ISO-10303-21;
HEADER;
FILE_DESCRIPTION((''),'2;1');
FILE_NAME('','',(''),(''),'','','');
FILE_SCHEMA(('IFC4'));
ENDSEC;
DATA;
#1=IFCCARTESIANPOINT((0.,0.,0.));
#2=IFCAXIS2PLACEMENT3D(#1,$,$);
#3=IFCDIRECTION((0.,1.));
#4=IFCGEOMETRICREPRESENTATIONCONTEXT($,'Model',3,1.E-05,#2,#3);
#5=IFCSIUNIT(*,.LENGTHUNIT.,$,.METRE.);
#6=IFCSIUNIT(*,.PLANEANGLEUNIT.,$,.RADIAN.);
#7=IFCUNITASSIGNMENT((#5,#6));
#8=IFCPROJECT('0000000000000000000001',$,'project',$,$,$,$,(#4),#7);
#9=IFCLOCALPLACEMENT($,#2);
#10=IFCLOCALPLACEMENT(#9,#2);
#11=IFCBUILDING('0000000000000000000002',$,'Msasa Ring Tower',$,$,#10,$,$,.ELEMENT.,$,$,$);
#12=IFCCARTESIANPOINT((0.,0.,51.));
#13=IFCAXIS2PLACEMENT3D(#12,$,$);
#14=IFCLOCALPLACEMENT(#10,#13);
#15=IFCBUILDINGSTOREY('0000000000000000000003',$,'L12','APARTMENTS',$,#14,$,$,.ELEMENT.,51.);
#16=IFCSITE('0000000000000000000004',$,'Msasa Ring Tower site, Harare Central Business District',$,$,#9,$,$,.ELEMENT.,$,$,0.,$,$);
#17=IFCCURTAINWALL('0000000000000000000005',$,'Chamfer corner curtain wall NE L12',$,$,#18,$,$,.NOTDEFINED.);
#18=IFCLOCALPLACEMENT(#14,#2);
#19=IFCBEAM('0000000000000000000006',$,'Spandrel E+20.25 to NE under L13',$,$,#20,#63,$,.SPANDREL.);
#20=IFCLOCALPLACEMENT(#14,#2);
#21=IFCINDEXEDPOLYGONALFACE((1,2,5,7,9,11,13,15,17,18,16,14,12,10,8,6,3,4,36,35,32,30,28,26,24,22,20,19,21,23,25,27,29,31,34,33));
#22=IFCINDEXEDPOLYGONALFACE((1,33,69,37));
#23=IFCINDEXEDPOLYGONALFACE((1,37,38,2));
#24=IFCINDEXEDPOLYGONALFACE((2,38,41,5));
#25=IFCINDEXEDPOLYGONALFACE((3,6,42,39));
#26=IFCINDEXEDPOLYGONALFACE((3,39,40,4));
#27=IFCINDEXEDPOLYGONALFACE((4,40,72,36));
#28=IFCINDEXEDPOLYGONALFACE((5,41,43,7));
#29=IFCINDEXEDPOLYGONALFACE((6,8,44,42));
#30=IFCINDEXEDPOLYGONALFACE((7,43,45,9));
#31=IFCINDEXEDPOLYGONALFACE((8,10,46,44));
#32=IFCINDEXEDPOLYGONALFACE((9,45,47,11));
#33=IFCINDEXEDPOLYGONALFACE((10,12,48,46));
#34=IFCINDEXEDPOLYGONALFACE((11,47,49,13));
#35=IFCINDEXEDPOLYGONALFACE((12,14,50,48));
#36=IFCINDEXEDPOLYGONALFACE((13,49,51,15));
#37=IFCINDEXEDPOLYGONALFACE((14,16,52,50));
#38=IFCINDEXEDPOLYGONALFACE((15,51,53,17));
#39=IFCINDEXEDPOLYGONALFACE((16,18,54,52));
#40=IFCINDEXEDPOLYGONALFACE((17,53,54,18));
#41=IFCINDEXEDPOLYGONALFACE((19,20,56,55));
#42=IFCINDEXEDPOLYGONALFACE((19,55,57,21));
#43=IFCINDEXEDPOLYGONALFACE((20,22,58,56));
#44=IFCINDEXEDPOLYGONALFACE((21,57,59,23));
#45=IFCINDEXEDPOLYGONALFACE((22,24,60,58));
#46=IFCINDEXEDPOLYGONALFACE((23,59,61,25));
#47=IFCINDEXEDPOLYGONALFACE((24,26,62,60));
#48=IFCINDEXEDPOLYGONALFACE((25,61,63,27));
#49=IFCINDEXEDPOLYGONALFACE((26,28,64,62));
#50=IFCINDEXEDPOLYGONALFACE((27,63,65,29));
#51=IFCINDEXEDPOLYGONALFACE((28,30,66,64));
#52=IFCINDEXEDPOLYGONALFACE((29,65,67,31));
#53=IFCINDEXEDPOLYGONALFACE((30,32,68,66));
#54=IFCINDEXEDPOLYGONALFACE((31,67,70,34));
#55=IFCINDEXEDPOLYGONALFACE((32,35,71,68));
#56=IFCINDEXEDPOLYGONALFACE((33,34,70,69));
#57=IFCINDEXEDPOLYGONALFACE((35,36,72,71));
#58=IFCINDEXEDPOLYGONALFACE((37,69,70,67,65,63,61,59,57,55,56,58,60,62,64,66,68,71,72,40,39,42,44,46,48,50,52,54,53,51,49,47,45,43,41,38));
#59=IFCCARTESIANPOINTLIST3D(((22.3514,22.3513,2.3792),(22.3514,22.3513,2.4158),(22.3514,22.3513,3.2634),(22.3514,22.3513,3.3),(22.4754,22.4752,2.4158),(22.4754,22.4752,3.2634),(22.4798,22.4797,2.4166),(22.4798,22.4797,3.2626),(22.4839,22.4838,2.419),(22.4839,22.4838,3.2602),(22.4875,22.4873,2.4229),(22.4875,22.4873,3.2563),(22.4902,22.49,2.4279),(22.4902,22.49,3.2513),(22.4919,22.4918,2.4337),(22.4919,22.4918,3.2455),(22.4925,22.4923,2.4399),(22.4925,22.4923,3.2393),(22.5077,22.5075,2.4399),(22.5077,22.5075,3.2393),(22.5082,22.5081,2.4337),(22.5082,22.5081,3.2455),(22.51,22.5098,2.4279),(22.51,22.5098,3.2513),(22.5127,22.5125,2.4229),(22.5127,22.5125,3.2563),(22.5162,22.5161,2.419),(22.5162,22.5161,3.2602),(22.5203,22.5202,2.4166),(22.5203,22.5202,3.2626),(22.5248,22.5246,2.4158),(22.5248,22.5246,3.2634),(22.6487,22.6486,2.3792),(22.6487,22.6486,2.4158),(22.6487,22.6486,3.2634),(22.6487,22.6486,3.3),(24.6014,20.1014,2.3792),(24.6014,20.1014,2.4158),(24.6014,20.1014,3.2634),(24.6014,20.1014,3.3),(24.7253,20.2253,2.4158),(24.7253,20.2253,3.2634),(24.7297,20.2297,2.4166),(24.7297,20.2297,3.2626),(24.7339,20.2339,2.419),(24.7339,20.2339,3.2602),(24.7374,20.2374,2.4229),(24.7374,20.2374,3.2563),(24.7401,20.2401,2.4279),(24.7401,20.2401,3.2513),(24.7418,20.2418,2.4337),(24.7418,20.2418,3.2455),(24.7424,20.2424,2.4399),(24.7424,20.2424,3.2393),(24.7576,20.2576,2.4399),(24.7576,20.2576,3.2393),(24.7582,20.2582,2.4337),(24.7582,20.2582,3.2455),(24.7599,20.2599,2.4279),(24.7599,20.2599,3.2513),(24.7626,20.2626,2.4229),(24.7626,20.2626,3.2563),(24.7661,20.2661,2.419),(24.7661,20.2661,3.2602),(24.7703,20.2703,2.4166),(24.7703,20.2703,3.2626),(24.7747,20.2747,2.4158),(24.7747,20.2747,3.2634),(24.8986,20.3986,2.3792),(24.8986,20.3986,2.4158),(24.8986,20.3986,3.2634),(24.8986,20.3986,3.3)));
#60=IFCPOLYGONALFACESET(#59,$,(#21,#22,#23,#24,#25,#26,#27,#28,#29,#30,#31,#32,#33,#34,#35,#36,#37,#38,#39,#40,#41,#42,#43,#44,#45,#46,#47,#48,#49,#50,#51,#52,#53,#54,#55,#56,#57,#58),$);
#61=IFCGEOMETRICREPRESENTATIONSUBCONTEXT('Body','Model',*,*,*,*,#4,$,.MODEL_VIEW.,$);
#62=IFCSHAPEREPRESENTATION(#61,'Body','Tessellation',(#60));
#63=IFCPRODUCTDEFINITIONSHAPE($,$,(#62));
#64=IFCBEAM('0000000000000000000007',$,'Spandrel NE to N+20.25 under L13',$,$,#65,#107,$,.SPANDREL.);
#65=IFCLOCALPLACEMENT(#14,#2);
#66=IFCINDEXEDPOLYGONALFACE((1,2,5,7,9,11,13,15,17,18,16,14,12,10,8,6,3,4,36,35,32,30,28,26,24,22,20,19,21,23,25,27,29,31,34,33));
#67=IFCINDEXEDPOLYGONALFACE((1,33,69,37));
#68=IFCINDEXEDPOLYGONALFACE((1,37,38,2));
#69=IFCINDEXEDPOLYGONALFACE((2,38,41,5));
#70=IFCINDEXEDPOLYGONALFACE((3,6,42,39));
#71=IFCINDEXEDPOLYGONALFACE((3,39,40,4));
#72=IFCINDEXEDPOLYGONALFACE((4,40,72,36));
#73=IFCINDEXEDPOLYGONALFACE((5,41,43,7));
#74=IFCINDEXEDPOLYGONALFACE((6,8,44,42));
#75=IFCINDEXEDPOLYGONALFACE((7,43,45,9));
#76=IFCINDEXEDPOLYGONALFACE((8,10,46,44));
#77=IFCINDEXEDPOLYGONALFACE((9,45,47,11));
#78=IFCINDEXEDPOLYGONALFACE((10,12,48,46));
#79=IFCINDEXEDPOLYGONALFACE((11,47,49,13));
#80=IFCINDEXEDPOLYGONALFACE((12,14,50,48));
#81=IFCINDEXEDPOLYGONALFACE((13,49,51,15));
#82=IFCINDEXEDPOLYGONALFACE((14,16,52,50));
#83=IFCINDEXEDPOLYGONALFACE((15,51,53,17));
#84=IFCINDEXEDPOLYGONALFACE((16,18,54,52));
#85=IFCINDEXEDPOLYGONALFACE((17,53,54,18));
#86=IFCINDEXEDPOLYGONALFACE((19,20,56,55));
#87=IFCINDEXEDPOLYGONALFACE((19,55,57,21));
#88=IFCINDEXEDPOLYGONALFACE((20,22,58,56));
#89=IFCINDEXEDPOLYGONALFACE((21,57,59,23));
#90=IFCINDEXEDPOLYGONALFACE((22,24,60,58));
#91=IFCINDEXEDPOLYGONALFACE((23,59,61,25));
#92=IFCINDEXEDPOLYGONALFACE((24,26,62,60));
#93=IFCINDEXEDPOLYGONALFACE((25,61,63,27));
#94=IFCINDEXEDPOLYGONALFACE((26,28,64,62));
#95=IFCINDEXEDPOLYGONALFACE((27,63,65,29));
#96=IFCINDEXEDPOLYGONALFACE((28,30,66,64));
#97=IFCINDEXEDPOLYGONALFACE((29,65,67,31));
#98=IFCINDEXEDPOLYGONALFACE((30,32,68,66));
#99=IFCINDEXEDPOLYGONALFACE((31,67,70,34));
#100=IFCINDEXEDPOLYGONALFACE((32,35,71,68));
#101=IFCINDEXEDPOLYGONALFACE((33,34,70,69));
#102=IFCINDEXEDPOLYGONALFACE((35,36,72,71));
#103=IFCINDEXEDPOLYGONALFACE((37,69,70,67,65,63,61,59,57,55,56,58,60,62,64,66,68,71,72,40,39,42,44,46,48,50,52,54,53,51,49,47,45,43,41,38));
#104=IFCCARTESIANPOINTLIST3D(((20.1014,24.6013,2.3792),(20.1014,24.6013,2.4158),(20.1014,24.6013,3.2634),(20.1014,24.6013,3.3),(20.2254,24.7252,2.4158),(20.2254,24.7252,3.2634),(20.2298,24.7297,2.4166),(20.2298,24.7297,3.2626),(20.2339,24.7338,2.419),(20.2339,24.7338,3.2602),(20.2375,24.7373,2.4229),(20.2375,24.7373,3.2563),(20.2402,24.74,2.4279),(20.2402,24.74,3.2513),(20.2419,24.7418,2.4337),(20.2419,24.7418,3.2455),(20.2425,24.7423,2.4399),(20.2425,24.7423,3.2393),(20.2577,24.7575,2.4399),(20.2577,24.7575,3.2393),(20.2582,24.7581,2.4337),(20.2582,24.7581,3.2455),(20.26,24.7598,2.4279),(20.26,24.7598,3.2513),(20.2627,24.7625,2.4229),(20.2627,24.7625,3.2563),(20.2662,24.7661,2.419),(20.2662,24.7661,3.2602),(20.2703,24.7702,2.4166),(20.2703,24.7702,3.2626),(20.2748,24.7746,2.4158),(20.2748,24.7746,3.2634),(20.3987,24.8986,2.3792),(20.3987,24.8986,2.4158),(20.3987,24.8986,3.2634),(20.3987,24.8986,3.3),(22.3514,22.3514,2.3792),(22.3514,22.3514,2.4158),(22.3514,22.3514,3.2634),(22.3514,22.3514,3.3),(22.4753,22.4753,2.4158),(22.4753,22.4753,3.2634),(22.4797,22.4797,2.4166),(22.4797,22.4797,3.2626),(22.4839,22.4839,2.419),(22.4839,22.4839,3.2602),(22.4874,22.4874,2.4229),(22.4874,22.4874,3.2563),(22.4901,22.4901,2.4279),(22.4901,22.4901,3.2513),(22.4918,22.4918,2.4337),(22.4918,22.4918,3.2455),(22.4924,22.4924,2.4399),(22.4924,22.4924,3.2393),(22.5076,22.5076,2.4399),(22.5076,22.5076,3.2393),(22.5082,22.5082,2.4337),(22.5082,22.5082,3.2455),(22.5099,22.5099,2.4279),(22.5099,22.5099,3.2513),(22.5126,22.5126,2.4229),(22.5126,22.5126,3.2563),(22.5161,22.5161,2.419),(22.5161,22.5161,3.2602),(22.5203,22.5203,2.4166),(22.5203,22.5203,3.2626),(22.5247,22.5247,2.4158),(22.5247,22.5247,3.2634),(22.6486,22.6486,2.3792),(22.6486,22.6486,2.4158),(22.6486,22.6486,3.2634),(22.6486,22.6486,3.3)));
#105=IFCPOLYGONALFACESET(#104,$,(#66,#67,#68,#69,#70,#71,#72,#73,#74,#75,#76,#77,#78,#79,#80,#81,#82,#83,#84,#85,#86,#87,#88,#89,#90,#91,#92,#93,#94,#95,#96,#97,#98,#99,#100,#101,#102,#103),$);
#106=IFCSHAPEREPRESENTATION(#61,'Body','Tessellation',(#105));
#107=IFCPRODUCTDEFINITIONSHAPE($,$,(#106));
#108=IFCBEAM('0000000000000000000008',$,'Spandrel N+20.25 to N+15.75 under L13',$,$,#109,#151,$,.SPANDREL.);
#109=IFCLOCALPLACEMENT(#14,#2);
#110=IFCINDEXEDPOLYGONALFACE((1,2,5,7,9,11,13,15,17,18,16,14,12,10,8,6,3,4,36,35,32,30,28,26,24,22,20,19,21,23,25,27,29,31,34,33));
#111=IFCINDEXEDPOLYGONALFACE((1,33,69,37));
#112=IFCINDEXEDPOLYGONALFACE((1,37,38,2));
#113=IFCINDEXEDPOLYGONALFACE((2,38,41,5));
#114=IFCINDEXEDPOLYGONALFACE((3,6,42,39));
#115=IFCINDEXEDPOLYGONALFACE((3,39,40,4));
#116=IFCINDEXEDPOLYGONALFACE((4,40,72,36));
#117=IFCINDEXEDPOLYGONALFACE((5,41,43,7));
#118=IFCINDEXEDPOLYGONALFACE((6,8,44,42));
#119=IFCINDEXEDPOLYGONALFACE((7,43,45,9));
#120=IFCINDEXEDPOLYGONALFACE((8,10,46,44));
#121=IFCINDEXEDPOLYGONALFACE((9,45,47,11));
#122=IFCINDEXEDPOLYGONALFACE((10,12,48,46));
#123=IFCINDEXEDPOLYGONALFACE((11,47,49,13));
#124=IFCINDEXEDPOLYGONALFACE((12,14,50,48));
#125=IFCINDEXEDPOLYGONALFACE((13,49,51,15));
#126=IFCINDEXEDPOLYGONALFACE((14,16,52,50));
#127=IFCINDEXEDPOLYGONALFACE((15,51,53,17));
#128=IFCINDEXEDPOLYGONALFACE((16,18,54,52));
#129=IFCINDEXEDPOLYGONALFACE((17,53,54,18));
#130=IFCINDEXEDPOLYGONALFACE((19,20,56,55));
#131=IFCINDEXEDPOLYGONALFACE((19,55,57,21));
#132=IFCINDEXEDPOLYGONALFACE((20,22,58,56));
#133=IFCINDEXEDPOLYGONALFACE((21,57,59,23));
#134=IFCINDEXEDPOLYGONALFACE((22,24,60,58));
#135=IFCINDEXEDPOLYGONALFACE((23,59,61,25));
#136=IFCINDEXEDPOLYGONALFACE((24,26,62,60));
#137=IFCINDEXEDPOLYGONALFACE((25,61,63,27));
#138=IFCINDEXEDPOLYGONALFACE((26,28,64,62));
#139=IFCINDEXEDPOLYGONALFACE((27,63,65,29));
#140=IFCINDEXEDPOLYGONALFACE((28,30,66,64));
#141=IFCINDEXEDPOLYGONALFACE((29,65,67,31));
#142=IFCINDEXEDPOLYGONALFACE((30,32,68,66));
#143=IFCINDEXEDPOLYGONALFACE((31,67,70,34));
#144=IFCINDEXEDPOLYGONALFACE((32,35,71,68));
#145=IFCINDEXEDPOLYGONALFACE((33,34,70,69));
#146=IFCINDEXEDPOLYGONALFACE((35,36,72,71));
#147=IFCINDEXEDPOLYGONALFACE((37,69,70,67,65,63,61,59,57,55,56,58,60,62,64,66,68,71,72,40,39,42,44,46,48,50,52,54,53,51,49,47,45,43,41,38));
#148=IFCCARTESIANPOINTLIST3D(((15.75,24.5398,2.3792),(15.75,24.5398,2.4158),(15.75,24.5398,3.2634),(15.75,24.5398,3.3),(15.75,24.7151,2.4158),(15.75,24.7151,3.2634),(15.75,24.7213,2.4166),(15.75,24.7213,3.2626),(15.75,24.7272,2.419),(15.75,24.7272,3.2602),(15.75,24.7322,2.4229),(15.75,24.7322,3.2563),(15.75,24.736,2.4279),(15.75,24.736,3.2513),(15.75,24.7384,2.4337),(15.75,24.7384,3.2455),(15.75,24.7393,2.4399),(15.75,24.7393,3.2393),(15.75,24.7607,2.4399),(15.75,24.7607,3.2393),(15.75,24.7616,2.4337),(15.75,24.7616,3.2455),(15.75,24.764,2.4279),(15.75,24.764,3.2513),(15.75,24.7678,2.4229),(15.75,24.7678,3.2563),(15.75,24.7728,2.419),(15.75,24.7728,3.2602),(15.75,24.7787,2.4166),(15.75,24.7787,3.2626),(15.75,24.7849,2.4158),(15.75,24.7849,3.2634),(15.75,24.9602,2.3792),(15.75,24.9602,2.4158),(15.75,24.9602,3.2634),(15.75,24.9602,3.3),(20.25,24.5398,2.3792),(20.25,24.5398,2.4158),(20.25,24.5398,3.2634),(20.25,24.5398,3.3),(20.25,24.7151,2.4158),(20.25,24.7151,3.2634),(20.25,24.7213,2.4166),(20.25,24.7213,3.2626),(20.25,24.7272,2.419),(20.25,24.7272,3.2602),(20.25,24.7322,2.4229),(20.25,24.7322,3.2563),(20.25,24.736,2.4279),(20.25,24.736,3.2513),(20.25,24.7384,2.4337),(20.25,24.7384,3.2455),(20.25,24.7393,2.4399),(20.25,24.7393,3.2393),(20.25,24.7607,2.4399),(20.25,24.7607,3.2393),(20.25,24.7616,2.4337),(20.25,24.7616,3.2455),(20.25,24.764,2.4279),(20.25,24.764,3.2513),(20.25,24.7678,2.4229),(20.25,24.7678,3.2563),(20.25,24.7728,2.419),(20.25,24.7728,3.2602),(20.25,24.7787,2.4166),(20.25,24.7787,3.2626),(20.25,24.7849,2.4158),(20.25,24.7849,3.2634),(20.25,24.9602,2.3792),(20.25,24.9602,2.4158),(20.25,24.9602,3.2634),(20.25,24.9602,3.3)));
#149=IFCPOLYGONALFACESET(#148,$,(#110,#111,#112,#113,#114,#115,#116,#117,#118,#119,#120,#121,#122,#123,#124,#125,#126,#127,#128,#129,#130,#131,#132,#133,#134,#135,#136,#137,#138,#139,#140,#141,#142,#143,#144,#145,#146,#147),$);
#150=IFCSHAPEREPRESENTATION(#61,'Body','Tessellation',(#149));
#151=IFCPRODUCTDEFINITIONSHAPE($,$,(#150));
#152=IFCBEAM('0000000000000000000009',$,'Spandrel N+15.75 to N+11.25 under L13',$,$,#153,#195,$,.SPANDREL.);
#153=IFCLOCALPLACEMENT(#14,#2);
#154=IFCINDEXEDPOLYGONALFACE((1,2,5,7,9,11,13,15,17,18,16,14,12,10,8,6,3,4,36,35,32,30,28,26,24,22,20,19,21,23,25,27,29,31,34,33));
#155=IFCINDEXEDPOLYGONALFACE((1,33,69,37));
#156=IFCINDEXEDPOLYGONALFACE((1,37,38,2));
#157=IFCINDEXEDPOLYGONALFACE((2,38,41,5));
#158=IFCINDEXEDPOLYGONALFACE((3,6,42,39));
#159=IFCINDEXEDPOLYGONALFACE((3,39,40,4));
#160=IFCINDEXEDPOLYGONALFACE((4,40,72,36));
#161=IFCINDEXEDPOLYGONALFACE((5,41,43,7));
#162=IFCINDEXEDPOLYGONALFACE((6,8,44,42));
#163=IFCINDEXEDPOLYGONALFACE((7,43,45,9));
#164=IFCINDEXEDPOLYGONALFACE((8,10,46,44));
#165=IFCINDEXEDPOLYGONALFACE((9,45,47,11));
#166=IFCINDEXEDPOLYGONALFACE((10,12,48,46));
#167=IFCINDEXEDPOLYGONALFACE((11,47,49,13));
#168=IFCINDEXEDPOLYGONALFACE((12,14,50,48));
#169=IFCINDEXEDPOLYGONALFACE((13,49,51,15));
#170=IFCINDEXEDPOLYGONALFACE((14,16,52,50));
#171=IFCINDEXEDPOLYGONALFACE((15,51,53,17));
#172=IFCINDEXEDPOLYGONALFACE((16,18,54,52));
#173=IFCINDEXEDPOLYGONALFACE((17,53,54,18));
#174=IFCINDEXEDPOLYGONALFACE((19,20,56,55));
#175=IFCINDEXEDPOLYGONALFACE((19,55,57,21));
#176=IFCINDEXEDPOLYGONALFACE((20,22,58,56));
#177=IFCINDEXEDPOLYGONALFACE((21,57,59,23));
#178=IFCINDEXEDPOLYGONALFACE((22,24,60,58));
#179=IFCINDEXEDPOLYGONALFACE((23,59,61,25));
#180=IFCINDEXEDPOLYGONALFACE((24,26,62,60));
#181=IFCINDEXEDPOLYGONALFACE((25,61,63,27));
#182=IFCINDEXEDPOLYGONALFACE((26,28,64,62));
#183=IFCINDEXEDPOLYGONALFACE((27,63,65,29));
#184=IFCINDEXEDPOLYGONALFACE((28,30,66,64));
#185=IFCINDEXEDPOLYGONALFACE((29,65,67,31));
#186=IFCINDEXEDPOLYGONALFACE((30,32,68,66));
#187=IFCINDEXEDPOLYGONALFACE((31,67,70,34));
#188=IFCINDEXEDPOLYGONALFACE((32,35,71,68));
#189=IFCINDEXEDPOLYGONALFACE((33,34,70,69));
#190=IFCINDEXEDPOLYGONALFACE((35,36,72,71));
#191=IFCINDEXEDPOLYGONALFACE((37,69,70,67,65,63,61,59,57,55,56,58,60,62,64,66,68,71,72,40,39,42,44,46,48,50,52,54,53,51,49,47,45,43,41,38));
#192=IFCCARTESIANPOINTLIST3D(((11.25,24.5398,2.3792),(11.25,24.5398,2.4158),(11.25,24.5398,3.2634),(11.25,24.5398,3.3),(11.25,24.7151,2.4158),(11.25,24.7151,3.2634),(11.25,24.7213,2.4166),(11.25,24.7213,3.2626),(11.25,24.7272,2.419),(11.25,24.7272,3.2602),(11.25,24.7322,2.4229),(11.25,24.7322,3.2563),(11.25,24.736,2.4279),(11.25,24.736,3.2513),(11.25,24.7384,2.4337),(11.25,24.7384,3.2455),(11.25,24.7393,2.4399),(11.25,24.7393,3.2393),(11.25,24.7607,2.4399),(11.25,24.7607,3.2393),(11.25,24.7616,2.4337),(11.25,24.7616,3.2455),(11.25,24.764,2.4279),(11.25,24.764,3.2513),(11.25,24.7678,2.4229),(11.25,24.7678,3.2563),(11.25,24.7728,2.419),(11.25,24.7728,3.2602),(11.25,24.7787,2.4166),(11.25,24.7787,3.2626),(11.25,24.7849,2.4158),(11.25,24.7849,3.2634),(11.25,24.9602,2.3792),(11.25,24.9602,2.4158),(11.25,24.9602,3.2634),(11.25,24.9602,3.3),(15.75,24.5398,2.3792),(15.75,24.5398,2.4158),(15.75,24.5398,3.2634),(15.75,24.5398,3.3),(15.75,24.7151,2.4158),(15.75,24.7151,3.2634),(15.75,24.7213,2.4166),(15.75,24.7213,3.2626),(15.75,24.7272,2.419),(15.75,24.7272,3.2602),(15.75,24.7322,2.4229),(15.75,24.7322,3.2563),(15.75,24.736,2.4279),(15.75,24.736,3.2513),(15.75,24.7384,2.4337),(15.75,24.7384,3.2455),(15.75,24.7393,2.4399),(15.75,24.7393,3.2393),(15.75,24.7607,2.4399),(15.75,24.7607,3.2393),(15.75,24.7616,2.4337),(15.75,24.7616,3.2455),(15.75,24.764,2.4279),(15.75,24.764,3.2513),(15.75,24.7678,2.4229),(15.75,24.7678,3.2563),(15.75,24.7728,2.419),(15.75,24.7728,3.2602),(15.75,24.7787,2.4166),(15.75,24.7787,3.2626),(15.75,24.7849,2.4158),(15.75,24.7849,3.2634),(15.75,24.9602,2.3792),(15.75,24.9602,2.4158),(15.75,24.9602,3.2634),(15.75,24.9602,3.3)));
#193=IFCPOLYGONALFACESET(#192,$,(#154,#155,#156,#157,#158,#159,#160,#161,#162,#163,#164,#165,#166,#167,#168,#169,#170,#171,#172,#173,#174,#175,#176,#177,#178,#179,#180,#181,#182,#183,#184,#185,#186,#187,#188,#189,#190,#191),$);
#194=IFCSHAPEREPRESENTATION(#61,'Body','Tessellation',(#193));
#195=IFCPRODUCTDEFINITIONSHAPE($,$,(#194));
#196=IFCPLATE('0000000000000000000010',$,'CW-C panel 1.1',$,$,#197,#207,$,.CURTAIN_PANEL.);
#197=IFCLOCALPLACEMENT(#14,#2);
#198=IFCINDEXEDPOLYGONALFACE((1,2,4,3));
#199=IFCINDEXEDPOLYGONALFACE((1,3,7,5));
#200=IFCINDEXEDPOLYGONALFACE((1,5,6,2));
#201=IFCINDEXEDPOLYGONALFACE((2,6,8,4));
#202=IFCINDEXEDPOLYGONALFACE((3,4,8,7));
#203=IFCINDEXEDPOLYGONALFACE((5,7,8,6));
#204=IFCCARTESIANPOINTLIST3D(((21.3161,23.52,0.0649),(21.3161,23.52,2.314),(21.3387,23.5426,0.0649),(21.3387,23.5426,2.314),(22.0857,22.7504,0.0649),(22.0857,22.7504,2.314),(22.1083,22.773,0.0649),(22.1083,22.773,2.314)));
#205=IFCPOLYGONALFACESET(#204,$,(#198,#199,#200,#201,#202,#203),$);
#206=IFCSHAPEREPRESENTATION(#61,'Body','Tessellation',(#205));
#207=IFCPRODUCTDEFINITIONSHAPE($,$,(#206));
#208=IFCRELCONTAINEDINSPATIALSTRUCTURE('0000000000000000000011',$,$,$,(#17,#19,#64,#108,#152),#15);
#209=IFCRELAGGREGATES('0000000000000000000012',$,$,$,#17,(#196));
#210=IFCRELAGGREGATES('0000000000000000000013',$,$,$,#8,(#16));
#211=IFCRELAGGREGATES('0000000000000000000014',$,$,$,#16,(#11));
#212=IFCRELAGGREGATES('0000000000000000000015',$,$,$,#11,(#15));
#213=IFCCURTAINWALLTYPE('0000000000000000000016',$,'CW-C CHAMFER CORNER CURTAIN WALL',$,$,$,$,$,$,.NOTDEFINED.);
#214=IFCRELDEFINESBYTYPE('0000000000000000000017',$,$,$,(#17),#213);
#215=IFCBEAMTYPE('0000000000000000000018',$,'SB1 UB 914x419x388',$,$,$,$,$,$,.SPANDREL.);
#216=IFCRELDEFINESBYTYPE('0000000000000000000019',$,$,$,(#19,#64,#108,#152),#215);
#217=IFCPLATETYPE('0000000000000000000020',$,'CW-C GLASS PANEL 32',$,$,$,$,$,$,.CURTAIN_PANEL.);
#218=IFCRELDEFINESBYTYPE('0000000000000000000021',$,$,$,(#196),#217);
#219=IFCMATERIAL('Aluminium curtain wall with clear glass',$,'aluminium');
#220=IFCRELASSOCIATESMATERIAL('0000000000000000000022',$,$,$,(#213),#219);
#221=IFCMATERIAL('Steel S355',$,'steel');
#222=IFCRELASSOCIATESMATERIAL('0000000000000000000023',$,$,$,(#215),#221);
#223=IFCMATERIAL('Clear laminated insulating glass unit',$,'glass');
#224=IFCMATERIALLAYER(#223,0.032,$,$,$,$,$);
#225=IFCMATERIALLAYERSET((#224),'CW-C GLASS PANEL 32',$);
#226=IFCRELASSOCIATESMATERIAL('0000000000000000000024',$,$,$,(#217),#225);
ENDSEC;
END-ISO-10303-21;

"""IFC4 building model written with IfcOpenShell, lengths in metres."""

from ifc_helpers import new_model, si_unit, direction, frame, origin, origin_2d, place, context, subcontext, project, spatial, rectangle, i_section, extrude, material, layer, layer_set, material_profile, profile_set, type_object, element, aggregate, save


model = new_model("IFC4")

# Units and contexts
model_context = context("Model", 3, precision=1e-05, world=origin(), true_north=direction((0.0, 1.0)))
body_context = subcontext(model_context, "Body", "Model", "MODEL_VIEW")
ifc_project = project(units=[si_unit("LENGTHUNIT", "METRE"), si_unit("PLANEANGLEUNIT", "RADIAN")], contexts=[model_context])

# Site, building, storey
site_placement = place(None, origin())
site = spatial("IfcSite", under=ifc_project, at=site_placement, Name="Msasa Ring Tower site, Harare Central Business District", CompositionType="ELEMENT", RefElevation=0.0)
building_placement = place(site_placement, origin())
building = spatial("IfcBuilding", under=site, at=building_placement, Name="Msasa Ring Tower", CompositionType="ELEMENT")
storey_placement = place(building_placement, frame((0.0, 0.0, 51.0)))
storey = spatial("IfcBuildingStorey", under=building, at=storey_placement, Name="L12", Description="APARTMENTS", CompositionType="ELEMENT", Elevation=51.0)

# Curtain wall
ifc_material_1 = material(Name="Aluminium curtain wall with clear glass", Category="aluminium")
curtain_wall_type = type_object("IfcCurtainWallType", Name="CW-C CHAMFER CORNER CURTAIN WALL", PredefinedType="NOTDEFINED", material=ifc_material_1)
curtain_wall_1_placement = place(storey_placement, origin())
curtain_wall_1 = element("IfcCurtainWall", 1, at=curtain_wall_1_placement, inside=storey, type_object=curtain_wall_type, Name="Chamfer corner curtain wall NE L12", PredefinedType="NOTDEFINED")

# Beams
ifc_material_2 = material(Name="Steel S355", Category="steel")
ifc_material_profile_1 = material_profile(ifc_material_2, i_section(OverallWidth=0.4204, OverallDepth=0.9209, WebThickness=0.0215, FlangeThickness=0.0366, FilletRadius=0.0242, at=origin_2d()), Name="UB 914x419x388")
ifc_profile_set_1 = profile_set([ifc_material_profile_1], Name="Steel S355")
beam_type_1 = type_object("IfcBeamType", Name="SB1 UB 914x419x388", PredefinedType="SPANDREL", material=ifc_profile_set_1)
for number, where, z_axis, x_axis, name in (
    (2, (24.75, 20.25, 2.8396), (-0.707107, 0.707107, 0.0), (-0.707107, -0.707107, 0.0), "Spandrel E+20.25 to NE under L13"),
    (3, (22.5, 22.5, 2.8396), (-0.707107, 0.707107, 0.0), (-0.707107, -0.707107, 0.0), "Spandrel NE to N+20.25 under L13"),
):
    element("IfcBeam", number, at=place(storey_placement, frame(where, z_axis=z_axis, x_axis=x_axis)), inside=storey, type_object=beam_type_1, Name=name, PredefinedType="SPANDREL", context=body_context, shape_type="SweptSolid", body=[
        extrude(i_section(OverallWidth=0.4204, OverallDepth=0.9209, WebThickness=0.0215, FlangeThickness=0.0366, FilletRadius=0.0242, at=origin_2d()), origin(), (0.0, 0.0, 1.0), 3.1819),
    ])
for number, where, z_axis, x_axis, name in (
    (4, (20.25, 24.75, 2.8396), (-1.0, 0.0, 0.0), (0.0, -1.0, 0.0), "Spandrel N+20.25 to N+15.75 under L13"),
    (5, (15.75, 24.75, 2.8396), (-1.0, 0.0, 0.0), (0.0, -1.0, 0.0), "Spandrel N+15.75 to N+11.25 under L13"),
):
    element("IfcBeam", number, at=place(storey_placement, frame(where, z_axis=z_axis, x_axis=x_axis)), inside=storey, type_object=beam_type_1, Name=name, PredefinedType="SPANDREL", context=body_context, shape_type="SweptSolid", body=[
        extrude(i_section(OverallWidth=0.4204, OverallDepth=0.9209, WebThickness=0.0215, FlangeThickness=0.0366, FilletRadius=0.0242, at=origin_2d()), origin(), (0.0, 0.0, 1.0), 4.5),
    ])

# Plate
ifc_material_3 = material(Name="Clear laminated insulating glass unit", Category="glass")
ifc_layer_1 = layer(ifc_material_3, 0.032)
ifc_layer_set_1 = layer_set([ifc_layer_1], Name="CW-C GLASS PANEL 32")
plate_type = type_object("IfcPlateType", Name="CW-C GLASS PANEL 32", PredefinedType="CURTAIN_PANEL", material=ifc_layer_set_1)
plate_1_placement = place(storey_placement, frame((21.7122, 23.1465, 0.0649), z_axis=(0.0, 0.0, 1.0), x_axis=(-0.707107, 0.707107, 0.0)))
plate_1 = element("IfcPlate", 6, at=plate_1_placement, type_object=plate_type, Name="CW-C panel 1.1", PredefinedType="CURTAIN_PANEL", context=body_context, shape_type="SweptSolid", body=[
    extrude(rectangle(XDim=1.0884, YDim=0.032, at=origin_2d()), origin(), (0.0, 0.0, 1.0), 2.249),
])
aggregate(curtain_wall_1, [plate_1])

save(model, "model.ifc")
